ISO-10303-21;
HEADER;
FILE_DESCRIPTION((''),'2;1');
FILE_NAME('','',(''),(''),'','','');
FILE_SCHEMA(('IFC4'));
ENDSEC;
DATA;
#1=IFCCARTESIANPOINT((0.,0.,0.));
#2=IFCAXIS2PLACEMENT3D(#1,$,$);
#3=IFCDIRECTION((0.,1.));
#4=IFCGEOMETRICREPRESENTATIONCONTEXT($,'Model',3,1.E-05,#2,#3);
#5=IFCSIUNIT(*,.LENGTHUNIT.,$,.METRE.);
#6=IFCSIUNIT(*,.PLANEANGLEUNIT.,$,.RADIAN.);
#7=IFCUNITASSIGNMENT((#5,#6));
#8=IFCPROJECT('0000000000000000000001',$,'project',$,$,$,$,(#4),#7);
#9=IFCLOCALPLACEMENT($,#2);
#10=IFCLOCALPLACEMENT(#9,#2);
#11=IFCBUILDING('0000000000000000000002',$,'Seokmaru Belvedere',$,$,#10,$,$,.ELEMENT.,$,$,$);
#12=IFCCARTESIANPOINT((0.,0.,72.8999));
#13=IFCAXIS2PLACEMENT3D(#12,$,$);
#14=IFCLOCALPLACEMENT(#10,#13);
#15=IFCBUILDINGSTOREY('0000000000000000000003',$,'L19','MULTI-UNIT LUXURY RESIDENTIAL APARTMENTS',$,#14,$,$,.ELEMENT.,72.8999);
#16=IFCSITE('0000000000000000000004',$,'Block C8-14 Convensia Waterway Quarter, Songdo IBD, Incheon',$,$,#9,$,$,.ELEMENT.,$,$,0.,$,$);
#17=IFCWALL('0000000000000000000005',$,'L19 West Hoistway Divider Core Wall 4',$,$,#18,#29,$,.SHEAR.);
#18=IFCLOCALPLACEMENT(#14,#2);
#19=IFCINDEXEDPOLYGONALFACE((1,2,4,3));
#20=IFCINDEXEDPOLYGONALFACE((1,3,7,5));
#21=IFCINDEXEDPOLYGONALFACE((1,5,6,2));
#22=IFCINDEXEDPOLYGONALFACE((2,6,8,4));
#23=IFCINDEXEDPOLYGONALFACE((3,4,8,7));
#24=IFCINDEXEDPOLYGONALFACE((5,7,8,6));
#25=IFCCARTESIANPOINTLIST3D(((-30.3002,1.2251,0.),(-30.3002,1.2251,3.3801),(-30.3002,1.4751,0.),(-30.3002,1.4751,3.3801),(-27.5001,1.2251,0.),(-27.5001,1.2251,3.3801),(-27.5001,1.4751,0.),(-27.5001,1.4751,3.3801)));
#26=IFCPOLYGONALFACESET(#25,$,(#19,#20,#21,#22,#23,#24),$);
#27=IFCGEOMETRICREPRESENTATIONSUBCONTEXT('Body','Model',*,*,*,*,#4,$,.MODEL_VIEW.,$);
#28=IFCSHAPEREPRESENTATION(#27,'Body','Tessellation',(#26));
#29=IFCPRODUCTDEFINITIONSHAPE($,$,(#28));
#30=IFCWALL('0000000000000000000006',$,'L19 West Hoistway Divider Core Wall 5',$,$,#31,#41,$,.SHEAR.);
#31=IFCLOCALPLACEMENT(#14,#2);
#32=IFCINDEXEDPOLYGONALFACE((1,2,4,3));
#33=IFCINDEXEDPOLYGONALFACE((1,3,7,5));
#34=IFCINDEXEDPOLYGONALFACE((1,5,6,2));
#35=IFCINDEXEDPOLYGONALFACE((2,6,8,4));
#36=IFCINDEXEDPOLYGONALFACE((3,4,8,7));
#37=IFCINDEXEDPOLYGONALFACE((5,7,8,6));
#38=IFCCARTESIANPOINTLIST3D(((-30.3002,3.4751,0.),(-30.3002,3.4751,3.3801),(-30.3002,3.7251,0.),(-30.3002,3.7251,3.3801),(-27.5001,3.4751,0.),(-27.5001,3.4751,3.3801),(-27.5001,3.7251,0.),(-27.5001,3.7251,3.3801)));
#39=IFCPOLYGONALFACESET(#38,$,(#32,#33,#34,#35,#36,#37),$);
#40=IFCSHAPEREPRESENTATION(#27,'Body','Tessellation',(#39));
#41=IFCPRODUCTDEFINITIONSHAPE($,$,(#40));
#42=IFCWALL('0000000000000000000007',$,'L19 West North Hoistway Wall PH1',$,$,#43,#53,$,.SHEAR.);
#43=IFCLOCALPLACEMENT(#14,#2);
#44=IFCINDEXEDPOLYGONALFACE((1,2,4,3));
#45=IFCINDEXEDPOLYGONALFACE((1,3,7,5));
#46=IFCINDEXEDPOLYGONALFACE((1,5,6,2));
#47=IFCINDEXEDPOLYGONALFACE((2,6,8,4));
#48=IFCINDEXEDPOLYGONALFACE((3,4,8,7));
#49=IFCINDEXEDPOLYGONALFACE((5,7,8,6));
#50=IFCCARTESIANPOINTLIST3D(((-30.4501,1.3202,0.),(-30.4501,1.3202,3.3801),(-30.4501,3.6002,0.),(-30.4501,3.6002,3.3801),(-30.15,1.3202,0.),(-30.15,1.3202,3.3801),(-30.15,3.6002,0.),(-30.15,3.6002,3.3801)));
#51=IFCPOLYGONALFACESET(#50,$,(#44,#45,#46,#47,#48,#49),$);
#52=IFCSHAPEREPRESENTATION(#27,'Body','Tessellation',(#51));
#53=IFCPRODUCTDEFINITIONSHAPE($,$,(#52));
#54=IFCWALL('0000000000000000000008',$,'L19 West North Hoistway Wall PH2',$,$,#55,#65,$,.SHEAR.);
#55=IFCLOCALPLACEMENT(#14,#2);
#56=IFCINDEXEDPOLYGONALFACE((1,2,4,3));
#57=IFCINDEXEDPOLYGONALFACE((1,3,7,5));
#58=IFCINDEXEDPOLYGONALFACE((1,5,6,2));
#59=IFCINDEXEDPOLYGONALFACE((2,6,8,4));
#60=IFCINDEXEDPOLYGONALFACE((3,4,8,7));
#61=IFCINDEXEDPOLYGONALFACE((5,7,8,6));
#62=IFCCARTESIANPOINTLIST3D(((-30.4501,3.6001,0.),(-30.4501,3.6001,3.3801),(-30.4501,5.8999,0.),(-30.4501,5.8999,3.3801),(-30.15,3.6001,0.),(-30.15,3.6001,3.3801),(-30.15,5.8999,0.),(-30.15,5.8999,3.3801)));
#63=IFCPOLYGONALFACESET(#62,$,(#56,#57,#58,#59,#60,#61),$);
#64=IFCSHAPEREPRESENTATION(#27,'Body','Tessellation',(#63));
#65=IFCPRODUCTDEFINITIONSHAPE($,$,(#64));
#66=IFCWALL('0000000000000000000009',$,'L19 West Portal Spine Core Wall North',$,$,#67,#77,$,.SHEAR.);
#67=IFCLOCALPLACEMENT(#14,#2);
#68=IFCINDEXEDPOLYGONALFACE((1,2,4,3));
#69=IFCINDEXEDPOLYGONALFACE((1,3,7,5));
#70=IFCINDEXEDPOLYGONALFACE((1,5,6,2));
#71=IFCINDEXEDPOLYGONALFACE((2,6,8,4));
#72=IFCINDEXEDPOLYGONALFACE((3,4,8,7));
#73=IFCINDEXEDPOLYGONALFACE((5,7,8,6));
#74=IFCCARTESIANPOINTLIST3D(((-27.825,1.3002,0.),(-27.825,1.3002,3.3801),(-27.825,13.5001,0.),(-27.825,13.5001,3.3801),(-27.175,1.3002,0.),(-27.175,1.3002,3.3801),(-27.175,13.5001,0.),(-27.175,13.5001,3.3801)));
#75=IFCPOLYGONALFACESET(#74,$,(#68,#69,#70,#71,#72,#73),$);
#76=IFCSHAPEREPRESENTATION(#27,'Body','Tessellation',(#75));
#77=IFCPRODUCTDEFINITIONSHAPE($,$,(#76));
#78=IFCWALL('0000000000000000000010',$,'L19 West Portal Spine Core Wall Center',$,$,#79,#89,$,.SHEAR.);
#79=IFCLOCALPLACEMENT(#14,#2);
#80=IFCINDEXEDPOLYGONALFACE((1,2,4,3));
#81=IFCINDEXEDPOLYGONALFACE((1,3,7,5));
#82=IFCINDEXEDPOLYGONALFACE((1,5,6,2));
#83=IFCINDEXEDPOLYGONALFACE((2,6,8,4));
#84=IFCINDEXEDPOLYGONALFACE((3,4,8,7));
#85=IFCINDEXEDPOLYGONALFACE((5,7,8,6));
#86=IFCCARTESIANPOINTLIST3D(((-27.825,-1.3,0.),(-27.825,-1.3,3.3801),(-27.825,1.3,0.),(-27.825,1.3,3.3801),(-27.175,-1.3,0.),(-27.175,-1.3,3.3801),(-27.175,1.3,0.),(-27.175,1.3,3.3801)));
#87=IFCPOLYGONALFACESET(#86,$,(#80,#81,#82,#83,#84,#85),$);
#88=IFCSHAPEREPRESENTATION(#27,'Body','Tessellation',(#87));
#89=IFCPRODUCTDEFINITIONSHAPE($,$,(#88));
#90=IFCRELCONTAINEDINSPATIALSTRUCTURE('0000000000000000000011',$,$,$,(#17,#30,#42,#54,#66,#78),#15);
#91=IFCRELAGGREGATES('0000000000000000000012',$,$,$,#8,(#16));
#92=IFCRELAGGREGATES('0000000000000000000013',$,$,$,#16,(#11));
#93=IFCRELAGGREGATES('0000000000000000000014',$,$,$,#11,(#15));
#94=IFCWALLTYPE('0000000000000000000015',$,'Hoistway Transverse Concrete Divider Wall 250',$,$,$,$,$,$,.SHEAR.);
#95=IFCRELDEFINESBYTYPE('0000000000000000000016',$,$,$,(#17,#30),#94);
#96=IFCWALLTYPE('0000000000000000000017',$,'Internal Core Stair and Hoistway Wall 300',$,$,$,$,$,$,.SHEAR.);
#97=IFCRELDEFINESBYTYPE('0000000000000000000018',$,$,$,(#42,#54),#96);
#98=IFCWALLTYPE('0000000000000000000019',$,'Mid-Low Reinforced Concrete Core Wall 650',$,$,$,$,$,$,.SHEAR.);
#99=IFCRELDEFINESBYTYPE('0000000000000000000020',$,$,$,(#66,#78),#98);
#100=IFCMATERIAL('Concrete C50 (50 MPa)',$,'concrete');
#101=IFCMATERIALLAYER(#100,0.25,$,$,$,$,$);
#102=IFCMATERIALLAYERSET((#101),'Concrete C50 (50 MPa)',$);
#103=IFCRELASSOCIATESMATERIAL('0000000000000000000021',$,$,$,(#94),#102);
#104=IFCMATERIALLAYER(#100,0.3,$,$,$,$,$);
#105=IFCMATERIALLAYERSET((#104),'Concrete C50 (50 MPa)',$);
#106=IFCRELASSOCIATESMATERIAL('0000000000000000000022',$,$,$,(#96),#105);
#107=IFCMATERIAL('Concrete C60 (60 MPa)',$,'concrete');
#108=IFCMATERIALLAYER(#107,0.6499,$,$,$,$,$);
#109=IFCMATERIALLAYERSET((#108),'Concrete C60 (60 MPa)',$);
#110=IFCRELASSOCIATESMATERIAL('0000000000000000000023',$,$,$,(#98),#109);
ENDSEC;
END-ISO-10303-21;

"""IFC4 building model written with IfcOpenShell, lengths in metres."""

from ifc_helpers import new_model, si_unit, direction, frame, frame_2d, origin, place, context, subcontext, project, spatial, rectangle, extrude, material, layer, layer_set, type_object, element, save


model = new_model("IFC4")

# Units and contexts
model_context = context("Model", 3, precision=1e-05, world=origin(), true_north=direction((0.0, 1.0)))
body_context = subcontext(model_context, "Body", "Model", "MODEL_VIEW")
ifc_project = project(units=[si_unit("LENGTHUNIT", "METRE"), si_unit("PLANEANGLEUNIT", "RADIAN")], contexts=[model_context])

# Site, building, storey
site_placement = place(None, origin())
site = spatial("IfcSite", under=ifc_project, at=site_placement, Name="Block C8-14 Convensia Waterway Quarter, Songdo IBD, Incheon", CompositionType="ELEMENT", RefElevation=0.0)
building_placement = place(site_placement, origin())
building = spatial("IfcBuilding", under=site, at=building_placement, Name="Seokmaru Belvedere", CompositionType="ELEMENT")
storey_placement = place(building_placement, frame((0.0, 0.0, 72.8999)))
storey = spatial("IfcBuildingStorey", under=building, at=storey_placement, Name="L19", Description="MULTI-UNIT LUXURY RESIDENTIAL APARTMENTS", CompositionType="ELEMENT", Elevation=72.8999)

# Walls
ifc_material_1 = material(Name="Concrete C50 (50 MPa)", Category="concrete")
ifc_layer_1 = layer(ifc_material_1, 0.25)
ifc_layer_set_1 = layer_set([ifc_layer_1], Name="Concrete C50 (50 MPa)")
wall_type_1 = type_object("IfcWallType", Name="Hoistway Transverse Concrete Divider Wall 250", PredefinedType="SHEAR", material=ifc_layer_set_1)
for number, where, z_axis, x_axis, name in (
    (1, (-30.3, 1.3501, 0.0), (0.0, 0.0, 1.0), (1.0, 0.0, 0.0), "L19 West Hoistway Divider Core Wall 4"),
    (2, (-30.3, 3.6001, 0.0), (0.0, 0.0, 1.0), (1.0, 0.0, 0.0), "L19 West Hoistway Divider Core Wall 5"),
):
    element("IfcWall", number, at=place(storey_placement, frame(where, z_axis=z_axis, x_axis=x_axis)), inside=storey, type_object=wall_type_1, Name=name, PredefinedType="SHEAR", context=body_context, shape_type="SweptSolid", body=[
        extrude(rectangle(XDim=2.8, YDim=0.25, at=frame_2d((1.3999, 0.0))), origin(), (0.0, 0.0, 1.0), 3.3801),
    ])
ifc_layer_2 = layer(ifc_material_1, 0.3)
ifc_layer_set_2 = layer_set([ifc_layer_2], Name="Concrete C50 (50 MPa)")
wall_type_2 = type_object("IfcWallType", Name="Internal Core Stair and Hoistway Wall 300", PredefinedType="SHEAR", material=ifc_layer_set_2)
wall_1_placement = place(storey_placement, frame((-30.3, 1.3201, 0.0), z_axis=(0.0, 0.0, 1.0), x_axis=(0.0, 1.0, 0.0)))
element("IfcWall", 3, at=wall_1_placement, inside=storey, type_object=wall_type_2, Name="L19 West North Hoistway Wall PH1", PredefinedType="SHEAR", context=body_context, shape_type="SweptSolid", body=[
    extrude(rectangle(XDim=2.28, YDim=0.3, at=frame_2d((1.1401, 0.0))), origin(), (0.0, 0.0, 1.0), 3.3801),
])
wall_2_placement = place(storey_placement, frame((-30.3, 3.6001, 0.0), z_axis=(0.0, 0.0, 1.0), x_axis=(0.0, 1.0, 0.0)))
element("IfcWall", 4, at=wall_2_placement, inside=storey, type_object=wall_type_2, Name="L19 West North Hoistway Wall PH2", PredefinedType="SHEAR", context=body_context, shape_type="SweptSolid", body=[
    extrude(rectangle(XDim=2.2998, YDim=0.3, at=frame_2d((1.1499, 0.0))), origin(), (0.0, 0.0, 1.0), 3.3801),
])
ifc_material_2 = material(Name="Concrete C60 (60 MPa)", Category="concrete")
ifc_layer_3 = layer(ifc_material_2, 0.6499)
ifc_layer_set_3 = layer_set([ifc_layer_3], Name="Concrete C60 (60 MPa)")
wall_type_3 = type_object("IfcWallType", Name="Mid-Low Reinforced Concrete Core Wall 650", PredefinedType="SHEAR", material=ifc_layer_set_3)
wall_3_placement = place(storey_placement, frame((-27.5, 1.3, 0.0), z_axis=(0.0, 0.0, 1.0), x_axis=(0.0, 1.0, 0.0)))
element("IfcWall", 5, at=wall_3_placement, inside=storey, type_object=wall_type_3, Name="L19 West Portal Spine Core Wall North", PredefinedType="SHEAR", context=body_context, shape_type="SweptSolid", body=[
    extrude(rectangle(XDim=12.2, YDim=0.6499, at=frame_2d((6.1001, 0.0))), origin(), (0.0, 0.0, 1.0), 3.3801),
])
wall_4_placement = place(storey_placement, frame((-27.5, -1.3, 0.0), z_axis=(0.0, 0.0, 1.0), x_axis=(0.0, 1.0, 0.0)))
element("IfcWall", 6, at=wall_4_placement, inside=storey, type_object=wall_type_3, Name="L19 West Portal Spine Core Wall Center", PredefinedType="SHEAR", context=body_context, shape_type="SweptSolid", body=[
    extrude(rectangle(XDim=2.6001, YDim=0.6499, at=frame_2d((1.3, 0.0))), origin(), (0.0, 0.0, 1.0), 3.3801),
])

save(model, "model.ifc")
